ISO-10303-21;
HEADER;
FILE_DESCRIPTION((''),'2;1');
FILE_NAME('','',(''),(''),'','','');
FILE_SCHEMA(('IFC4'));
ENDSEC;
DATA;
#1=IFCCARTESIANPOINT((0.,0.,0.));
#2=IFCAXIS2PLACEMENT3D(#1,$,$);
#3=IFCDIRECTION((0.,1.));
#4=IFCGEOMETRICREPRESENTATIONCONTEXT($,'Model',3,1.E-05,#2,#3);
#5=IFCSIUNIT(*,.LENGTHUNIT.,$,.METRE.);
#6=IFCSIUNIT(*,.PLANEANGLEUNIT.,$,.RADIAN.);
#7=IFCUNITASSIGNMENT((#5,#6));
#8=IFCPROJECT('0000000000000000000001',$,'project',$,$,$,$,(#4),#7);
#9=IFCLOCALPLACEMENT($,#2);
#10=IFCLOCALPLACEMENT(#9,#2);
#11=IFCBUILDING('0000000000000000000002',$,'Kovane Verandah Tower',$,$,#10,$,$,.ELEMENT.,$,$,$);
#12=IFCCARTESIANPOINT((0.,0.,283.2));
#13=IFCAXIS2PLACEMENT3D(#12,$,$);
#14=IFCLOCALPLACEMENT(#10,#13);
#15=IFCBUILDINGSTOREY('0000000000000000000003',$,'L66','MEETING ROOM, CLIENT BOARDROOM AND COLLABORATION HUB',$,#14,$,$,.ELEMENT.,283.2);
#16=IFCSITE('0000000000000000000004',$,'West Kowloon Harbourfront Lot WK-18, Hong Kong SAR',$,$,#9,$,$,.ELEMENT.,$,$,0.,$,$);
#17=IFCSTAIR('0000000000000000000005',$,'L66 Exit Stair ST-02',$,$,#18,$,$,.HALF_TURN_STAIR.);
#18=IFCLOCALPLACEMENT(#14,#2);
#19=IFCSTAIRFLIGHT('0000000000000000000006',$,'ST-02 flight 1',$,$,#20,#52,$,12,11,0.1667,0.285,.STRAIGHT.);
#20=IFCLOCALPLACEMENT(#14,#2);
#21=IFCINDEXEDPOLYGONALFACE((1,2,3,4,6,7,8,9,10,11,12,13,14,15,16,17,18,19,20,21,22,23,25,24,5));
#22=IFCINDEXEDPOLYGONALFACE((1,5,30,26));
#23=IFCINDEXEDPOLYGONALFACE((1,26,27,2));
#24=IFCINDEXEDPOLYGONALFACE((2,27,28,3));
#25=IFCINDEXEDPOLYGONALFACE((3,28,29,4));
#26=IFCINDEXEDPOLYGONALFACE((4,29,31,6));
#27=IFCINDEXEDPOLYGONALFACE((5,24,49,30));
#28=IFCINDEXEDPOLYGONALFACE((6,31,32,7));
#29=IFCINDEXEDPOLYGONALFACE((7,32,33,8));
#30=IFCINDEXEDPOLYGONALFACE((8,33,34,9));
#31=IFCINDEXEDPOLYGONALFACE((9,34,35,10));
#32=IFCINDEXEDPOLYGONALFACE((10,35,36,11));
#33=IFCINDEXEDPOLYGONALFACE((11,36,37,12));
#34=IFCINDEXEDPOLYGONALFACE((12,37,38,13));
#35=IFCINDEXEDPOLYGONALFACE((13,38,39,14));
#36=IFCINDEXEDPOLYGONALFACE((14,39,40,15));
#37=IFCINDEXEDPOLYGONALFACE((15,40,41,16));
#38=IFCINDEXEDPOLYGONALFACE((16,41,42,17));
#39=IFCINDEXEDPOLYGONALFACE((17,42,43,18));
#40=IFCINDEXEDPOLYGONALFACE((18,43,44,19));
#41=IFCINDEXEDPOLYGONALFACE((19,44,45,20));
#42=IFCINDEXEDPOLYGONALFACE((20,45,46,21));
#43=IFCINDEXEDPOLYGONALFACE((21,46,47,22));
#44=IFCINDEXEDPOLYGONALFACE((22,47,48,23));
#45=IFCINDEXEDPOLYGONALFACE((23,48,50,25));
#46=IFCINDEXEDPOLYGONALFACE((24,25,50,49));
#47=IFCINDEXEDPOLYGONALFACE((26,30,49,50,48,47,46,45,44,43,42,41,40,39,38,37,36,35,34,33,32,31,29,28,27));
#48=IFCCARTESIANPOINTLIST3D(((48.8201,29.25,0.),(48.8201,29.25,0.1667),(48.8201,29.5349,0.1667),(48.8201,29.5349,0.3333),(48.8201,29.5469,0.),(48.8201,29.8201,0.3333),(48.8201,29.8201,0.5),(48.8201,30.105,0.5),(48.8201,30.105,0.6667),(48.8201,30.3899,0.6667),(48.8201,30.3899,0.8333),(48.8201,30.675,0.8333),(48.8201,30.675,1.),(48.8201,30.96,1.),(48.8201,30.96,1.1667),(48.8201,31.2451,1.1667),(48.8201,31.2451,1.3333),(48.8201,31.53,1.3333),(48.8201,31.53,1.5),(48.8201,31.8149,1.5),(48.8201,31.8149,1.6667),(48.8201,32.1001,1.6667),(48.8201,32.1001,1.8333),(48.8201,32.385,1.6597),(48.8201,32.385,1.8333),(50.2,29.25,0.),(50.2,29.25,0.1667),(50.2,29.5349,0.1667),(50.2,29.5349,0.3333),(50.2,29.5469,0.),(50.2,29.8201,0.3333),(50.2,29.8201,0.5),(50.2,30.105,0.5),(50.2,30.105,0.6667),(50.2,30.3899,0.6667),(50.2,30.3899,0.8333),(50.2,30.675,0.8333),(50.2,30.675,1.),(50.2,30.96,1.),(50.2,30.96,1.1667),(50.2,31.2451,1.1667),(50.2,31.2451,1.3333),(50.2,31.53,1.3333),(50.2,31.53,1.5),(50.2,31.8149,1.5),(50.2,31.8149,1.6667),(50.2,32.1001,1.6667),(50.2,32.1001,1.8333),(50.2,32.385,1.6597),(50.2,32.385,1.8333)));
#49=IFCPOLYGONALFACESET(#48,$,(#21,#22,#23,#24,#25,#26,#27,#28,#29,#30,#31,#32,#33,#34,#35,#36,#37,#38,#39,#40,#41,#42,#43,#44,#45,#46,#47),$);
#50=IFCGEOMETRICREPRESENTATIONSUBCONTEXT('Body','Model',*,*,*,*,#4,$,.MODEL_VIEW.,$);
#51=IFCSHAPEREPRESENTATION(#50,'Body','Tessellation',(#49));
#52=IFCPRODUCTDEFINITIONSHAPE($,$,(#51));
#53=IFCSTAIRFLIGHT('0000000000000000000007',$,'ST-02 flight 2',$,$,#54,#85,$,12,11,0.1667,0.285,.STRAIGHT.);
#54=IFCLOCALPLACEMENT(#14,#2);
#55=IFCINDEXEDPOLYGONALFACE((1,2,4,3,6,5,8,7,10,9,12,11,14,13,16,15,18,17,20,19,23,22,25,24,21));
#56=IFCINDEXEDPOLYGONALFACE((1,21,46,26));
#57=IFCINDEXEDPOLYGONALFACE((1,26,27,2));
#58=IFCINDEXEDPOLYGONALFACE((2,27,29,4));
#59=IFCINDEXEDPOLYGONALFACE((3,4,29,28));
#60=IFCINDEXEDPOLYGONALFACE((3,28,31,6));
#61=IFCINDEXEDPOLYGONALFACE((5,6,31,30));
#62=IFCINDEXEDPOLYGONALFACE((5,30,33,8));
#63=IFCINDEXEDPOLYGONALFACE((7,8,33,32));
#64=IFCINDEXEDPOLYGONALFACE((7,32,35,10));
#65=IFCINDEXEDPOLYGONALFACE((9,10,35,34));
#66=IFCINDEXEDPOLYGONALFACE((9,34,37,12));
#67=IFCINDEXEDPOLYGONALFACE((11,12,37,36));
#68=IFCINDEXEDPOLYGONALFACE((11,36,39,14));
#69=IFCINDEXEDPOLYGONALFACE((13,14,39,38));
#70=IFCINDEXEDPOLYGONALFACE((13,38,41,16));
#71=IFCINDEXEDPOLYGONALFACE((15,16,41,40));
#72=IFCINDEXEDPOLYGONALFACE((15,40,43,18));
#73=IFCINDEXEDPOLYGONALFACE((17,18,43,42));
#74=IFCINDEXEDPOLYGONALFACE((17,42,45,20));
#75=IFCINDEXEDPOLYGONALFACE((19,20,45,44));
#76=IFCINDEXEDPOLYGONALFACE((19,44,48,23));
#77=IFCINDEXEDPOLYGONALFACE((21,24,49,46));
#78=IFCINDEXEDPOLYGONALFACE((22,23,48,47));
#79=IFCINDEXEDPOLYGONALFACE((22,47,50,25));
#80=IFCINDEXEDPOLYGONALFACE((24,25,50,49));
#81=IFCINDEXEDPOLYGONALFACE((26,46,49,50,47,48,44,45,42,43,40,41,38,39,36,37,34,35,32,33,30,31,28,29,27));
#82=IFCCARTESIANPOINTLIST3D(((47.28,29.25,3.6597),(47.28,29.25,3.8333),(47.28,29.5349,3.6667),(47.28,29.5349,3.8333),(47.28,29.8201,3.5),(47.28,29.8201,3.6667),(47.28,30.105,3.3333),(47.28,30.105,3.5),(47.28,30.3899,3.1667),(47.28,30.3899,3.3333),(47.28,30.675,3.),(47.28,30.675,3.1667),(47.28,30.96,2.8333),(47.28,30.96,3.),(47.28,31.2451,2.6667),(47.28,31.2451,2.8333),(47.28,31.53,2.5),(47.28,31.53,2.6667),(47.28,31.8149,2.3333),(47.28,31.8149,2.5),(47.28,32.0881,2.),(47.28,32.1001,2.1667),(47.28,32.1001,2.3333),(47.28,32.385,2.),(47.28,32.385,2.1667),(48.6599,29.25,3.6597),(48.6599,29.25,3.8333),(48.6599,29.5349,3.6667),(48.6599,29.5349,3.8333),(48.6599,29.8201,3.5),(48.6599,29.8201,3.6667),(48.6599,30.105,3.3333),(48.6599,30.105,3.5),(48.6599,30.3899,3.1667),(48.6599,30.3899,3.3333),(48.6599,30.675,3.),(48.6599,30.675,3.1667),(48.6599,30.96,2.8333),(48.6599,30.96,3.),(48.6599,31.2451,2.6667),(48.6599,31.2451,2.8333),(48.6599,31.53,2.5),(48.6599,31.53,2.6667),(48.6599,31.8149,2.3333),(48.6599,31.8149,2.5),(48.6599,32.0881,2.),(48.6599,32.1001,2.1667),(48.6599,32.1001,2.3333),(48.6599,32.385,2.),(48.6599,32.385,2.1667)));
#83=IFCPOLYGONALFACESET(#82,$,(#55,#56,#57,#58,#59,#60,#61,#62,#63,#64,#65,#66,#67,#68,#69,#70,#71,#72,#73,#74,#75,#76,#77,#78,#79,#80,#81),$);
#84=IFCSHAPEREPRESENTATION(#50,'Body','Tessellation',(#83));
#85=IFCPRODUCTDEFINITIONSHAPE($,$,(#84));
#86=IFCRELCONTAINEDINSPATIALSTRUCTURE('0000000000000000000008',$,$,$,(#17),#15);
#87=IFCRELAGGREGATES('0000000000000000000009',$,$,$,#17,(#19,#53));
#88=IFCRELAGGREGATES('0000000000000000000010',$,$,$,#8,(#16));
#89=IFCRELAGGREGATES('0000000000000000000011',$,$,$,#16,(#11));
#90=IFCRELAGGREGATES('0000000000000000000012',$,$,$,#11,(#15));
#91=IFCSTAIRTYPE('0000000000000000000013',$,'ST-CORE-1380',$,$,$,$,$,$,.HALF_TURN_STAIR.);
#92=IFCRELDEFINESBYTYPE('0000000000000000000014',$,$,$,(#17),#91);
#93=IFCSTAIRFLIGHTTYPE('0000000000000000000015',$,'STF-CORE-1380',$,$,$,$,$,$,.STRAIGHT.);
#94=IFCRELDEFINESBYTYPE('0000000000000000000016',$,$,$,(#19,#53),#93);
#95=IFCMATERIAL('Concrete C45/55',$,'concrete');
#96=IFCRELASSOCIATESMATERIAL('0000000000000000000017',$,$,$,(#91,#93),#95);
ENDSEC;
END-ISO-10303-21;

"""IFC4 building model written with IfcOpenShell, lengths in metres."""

from ifc_helpers import new_model, si_unit, direction, frame, origin, place, context, subcontext, project, spatial, polyline, outline, extrude, material, type_object, element, aggregate, save


model = new_model("IFC4")

# Units and contexts
model_context = context("Model", 3, precision=1e-05, world=origin(), true_north=direction((0.0, 1.0)))
body_context = subcontext(model_context, "Body", "Model", "MODEL_VIEW")
ifc_project = project(units=[si_unit("LENGTHUNIT", "METRE"), si_unit("PLANEANGLEUNIT", "RADIAN")], contexts=[model_context])

# Site, building, storey
site_placement = place(None, origin())
site = spatial("IfcSite", under=ifc_project, at=site_placement, Name="West Kowloon Harbourfront Lot WK-18, Hong Kong SAR", CompositionType="ELEMENT", RefElevation=0.0)
building_placement = place(site_placement, origin())
building = spatial("IfcBuilding", under=site, at=building_placement, Name="Kovane Verandah Tower", CompositionType="ELEMENT")
storey_placement = place(building_placement, frame((0.0, 0.0, 283.2)))
storey = spatial("IfcBuildingStorey", under=building, at=storey_placement, Name="L66", Description="MEETING ROOM, CLIENT BOARDROOM AND COLLABORATION HUB", CompositionType="ELEMENT", Elevation=283.2)

# Shared definitions
ifc_material_1 = material(Name="Concrete C45/55", Category="concrete")

# Stair, stair flights
stair_type = type_object("IfcStairType", Name="ST-CORE-1380", PredefinedType="HALF_TURN_STAIR", material=ifc_material_1)
stair_placement = place(storey_placement, origin())
stair = element("IfcStair", 1, at=stair_placement, inside=storey, type_object=stair_type, Name="L66 Exit Stair ST-02", PredefinedType="HALF_TURN_STAIR")
stair_flight_type = type_object("IfcStairFlightType", Name="STF-CORE-1380", PredefinedType="STRAIGHT", material=ifc_material_1)
stair_flight_1_placement = place(storey_placement, frame((49.51, 29.25, 0.0), z_axis=(0.0, 0.0, 1.0), x_axis=(0.0, 1.0, 0.0)))
stair_flight_1 = element("IfcStairFlight", 2, at=stair_flight_1_placement, type_object=stair_flight_type, Name="ST-02 flight 1", NumberOfRisers=12, NumberOfTreads=11, PredefinedType="STRAIGHT", RiserHeight=0.1667, TreadLength=0.285, context=body_context, shape_type="SweptSolid", body=[
    extrude(outline(polyline([(0.0, 0.0), (0.0, 0.1667), (0.2849, 0.1667), (0.2849, 0.3333), (0.5701, 0.3333), (0.5701, 0.5), (0.855, 0.5), (0.855, 0.6667), (1.1399, 0.6667), (1.1399, 0.8333), (1.425, 0.8333), (1.425, 1.0), (1.71, 1.0), (1.71, 1.1667), (1.9951, 1.1667), (1.9951, 1.3333), (2.28, 1.3333), (2.28, 1.5), (2.5649, 1.5), (2.5649, 1.6667), (2.8501, 1.6667), (2.8501, 1.8333), (3.135, 1.8333), (3.135, 2.0), (3.135, 1.6597), (0.2969, 0.0), (0.0, 0.0)])), frame((0.0, 0.6899, 0.0), z_axis=(0.0, -1.0, 0.0), x_axis=(1.0, 0.0, 0.0)), (0.0, 0.0, 1.0), 1.3799),
])
stair_flight_2_placement = place(storey_placement, frame((47.97, 32.385, 2.0), z_axis=(0.0, 0.0, 1.0), x_axis=(0.0, -1.0, 0.0)))
stair_flight_2 = element("IfcStairFlight", 3, at=stair_flight_2_placement, type_object=stair_flight_type, Name="ST-02 flight 2", NumberOfRisers=12, NumberOfTreads=11, PredefinedType="STRAIGHT", RiserHeight=0.1667, TreadLength=0.285, context=body_context, shape_type="SweptSolid", body=[
    extrude(outline(polyline([(0.0, 0.0), (0.0, 0.1667), (0.2849, 0.1667), (0.2849, 0.3333), (0.5701, 0.3333), (0.5701, 0.5), (0.855, 0.5), (0.855, 0.6667), (1.1399, 0.6667), (1.1399, 0.8333), (1.425, 0.8333), (1.425, 1.0), (1.71, 1.0), (1.71, 1.1667), (1.9951, 1.1667), (1.9951, 1.3333), (2.28, 1.3333), (2.28, 1.5), (2.5649, 1.5), (2.5649, 1.6667), (2.8501, 1.6667), (2.8501, 1.8333), (3.135, 1.8333), (3.135, 2.0), (3.135, 1.6597), (0.2969, 0.0), (0.0, 0.0)])), frame((0.0, 0.6899, 0.0), z_axis=(0.0, -1.0, 0.0), x_axis=(1.0, 0.0, 0.0)), (0.0, 0.0, 1.0), 1.3799),
])
aggregate(stair, [stair_flight_1, stair_flight_2])

save(model, "model.ifc")
